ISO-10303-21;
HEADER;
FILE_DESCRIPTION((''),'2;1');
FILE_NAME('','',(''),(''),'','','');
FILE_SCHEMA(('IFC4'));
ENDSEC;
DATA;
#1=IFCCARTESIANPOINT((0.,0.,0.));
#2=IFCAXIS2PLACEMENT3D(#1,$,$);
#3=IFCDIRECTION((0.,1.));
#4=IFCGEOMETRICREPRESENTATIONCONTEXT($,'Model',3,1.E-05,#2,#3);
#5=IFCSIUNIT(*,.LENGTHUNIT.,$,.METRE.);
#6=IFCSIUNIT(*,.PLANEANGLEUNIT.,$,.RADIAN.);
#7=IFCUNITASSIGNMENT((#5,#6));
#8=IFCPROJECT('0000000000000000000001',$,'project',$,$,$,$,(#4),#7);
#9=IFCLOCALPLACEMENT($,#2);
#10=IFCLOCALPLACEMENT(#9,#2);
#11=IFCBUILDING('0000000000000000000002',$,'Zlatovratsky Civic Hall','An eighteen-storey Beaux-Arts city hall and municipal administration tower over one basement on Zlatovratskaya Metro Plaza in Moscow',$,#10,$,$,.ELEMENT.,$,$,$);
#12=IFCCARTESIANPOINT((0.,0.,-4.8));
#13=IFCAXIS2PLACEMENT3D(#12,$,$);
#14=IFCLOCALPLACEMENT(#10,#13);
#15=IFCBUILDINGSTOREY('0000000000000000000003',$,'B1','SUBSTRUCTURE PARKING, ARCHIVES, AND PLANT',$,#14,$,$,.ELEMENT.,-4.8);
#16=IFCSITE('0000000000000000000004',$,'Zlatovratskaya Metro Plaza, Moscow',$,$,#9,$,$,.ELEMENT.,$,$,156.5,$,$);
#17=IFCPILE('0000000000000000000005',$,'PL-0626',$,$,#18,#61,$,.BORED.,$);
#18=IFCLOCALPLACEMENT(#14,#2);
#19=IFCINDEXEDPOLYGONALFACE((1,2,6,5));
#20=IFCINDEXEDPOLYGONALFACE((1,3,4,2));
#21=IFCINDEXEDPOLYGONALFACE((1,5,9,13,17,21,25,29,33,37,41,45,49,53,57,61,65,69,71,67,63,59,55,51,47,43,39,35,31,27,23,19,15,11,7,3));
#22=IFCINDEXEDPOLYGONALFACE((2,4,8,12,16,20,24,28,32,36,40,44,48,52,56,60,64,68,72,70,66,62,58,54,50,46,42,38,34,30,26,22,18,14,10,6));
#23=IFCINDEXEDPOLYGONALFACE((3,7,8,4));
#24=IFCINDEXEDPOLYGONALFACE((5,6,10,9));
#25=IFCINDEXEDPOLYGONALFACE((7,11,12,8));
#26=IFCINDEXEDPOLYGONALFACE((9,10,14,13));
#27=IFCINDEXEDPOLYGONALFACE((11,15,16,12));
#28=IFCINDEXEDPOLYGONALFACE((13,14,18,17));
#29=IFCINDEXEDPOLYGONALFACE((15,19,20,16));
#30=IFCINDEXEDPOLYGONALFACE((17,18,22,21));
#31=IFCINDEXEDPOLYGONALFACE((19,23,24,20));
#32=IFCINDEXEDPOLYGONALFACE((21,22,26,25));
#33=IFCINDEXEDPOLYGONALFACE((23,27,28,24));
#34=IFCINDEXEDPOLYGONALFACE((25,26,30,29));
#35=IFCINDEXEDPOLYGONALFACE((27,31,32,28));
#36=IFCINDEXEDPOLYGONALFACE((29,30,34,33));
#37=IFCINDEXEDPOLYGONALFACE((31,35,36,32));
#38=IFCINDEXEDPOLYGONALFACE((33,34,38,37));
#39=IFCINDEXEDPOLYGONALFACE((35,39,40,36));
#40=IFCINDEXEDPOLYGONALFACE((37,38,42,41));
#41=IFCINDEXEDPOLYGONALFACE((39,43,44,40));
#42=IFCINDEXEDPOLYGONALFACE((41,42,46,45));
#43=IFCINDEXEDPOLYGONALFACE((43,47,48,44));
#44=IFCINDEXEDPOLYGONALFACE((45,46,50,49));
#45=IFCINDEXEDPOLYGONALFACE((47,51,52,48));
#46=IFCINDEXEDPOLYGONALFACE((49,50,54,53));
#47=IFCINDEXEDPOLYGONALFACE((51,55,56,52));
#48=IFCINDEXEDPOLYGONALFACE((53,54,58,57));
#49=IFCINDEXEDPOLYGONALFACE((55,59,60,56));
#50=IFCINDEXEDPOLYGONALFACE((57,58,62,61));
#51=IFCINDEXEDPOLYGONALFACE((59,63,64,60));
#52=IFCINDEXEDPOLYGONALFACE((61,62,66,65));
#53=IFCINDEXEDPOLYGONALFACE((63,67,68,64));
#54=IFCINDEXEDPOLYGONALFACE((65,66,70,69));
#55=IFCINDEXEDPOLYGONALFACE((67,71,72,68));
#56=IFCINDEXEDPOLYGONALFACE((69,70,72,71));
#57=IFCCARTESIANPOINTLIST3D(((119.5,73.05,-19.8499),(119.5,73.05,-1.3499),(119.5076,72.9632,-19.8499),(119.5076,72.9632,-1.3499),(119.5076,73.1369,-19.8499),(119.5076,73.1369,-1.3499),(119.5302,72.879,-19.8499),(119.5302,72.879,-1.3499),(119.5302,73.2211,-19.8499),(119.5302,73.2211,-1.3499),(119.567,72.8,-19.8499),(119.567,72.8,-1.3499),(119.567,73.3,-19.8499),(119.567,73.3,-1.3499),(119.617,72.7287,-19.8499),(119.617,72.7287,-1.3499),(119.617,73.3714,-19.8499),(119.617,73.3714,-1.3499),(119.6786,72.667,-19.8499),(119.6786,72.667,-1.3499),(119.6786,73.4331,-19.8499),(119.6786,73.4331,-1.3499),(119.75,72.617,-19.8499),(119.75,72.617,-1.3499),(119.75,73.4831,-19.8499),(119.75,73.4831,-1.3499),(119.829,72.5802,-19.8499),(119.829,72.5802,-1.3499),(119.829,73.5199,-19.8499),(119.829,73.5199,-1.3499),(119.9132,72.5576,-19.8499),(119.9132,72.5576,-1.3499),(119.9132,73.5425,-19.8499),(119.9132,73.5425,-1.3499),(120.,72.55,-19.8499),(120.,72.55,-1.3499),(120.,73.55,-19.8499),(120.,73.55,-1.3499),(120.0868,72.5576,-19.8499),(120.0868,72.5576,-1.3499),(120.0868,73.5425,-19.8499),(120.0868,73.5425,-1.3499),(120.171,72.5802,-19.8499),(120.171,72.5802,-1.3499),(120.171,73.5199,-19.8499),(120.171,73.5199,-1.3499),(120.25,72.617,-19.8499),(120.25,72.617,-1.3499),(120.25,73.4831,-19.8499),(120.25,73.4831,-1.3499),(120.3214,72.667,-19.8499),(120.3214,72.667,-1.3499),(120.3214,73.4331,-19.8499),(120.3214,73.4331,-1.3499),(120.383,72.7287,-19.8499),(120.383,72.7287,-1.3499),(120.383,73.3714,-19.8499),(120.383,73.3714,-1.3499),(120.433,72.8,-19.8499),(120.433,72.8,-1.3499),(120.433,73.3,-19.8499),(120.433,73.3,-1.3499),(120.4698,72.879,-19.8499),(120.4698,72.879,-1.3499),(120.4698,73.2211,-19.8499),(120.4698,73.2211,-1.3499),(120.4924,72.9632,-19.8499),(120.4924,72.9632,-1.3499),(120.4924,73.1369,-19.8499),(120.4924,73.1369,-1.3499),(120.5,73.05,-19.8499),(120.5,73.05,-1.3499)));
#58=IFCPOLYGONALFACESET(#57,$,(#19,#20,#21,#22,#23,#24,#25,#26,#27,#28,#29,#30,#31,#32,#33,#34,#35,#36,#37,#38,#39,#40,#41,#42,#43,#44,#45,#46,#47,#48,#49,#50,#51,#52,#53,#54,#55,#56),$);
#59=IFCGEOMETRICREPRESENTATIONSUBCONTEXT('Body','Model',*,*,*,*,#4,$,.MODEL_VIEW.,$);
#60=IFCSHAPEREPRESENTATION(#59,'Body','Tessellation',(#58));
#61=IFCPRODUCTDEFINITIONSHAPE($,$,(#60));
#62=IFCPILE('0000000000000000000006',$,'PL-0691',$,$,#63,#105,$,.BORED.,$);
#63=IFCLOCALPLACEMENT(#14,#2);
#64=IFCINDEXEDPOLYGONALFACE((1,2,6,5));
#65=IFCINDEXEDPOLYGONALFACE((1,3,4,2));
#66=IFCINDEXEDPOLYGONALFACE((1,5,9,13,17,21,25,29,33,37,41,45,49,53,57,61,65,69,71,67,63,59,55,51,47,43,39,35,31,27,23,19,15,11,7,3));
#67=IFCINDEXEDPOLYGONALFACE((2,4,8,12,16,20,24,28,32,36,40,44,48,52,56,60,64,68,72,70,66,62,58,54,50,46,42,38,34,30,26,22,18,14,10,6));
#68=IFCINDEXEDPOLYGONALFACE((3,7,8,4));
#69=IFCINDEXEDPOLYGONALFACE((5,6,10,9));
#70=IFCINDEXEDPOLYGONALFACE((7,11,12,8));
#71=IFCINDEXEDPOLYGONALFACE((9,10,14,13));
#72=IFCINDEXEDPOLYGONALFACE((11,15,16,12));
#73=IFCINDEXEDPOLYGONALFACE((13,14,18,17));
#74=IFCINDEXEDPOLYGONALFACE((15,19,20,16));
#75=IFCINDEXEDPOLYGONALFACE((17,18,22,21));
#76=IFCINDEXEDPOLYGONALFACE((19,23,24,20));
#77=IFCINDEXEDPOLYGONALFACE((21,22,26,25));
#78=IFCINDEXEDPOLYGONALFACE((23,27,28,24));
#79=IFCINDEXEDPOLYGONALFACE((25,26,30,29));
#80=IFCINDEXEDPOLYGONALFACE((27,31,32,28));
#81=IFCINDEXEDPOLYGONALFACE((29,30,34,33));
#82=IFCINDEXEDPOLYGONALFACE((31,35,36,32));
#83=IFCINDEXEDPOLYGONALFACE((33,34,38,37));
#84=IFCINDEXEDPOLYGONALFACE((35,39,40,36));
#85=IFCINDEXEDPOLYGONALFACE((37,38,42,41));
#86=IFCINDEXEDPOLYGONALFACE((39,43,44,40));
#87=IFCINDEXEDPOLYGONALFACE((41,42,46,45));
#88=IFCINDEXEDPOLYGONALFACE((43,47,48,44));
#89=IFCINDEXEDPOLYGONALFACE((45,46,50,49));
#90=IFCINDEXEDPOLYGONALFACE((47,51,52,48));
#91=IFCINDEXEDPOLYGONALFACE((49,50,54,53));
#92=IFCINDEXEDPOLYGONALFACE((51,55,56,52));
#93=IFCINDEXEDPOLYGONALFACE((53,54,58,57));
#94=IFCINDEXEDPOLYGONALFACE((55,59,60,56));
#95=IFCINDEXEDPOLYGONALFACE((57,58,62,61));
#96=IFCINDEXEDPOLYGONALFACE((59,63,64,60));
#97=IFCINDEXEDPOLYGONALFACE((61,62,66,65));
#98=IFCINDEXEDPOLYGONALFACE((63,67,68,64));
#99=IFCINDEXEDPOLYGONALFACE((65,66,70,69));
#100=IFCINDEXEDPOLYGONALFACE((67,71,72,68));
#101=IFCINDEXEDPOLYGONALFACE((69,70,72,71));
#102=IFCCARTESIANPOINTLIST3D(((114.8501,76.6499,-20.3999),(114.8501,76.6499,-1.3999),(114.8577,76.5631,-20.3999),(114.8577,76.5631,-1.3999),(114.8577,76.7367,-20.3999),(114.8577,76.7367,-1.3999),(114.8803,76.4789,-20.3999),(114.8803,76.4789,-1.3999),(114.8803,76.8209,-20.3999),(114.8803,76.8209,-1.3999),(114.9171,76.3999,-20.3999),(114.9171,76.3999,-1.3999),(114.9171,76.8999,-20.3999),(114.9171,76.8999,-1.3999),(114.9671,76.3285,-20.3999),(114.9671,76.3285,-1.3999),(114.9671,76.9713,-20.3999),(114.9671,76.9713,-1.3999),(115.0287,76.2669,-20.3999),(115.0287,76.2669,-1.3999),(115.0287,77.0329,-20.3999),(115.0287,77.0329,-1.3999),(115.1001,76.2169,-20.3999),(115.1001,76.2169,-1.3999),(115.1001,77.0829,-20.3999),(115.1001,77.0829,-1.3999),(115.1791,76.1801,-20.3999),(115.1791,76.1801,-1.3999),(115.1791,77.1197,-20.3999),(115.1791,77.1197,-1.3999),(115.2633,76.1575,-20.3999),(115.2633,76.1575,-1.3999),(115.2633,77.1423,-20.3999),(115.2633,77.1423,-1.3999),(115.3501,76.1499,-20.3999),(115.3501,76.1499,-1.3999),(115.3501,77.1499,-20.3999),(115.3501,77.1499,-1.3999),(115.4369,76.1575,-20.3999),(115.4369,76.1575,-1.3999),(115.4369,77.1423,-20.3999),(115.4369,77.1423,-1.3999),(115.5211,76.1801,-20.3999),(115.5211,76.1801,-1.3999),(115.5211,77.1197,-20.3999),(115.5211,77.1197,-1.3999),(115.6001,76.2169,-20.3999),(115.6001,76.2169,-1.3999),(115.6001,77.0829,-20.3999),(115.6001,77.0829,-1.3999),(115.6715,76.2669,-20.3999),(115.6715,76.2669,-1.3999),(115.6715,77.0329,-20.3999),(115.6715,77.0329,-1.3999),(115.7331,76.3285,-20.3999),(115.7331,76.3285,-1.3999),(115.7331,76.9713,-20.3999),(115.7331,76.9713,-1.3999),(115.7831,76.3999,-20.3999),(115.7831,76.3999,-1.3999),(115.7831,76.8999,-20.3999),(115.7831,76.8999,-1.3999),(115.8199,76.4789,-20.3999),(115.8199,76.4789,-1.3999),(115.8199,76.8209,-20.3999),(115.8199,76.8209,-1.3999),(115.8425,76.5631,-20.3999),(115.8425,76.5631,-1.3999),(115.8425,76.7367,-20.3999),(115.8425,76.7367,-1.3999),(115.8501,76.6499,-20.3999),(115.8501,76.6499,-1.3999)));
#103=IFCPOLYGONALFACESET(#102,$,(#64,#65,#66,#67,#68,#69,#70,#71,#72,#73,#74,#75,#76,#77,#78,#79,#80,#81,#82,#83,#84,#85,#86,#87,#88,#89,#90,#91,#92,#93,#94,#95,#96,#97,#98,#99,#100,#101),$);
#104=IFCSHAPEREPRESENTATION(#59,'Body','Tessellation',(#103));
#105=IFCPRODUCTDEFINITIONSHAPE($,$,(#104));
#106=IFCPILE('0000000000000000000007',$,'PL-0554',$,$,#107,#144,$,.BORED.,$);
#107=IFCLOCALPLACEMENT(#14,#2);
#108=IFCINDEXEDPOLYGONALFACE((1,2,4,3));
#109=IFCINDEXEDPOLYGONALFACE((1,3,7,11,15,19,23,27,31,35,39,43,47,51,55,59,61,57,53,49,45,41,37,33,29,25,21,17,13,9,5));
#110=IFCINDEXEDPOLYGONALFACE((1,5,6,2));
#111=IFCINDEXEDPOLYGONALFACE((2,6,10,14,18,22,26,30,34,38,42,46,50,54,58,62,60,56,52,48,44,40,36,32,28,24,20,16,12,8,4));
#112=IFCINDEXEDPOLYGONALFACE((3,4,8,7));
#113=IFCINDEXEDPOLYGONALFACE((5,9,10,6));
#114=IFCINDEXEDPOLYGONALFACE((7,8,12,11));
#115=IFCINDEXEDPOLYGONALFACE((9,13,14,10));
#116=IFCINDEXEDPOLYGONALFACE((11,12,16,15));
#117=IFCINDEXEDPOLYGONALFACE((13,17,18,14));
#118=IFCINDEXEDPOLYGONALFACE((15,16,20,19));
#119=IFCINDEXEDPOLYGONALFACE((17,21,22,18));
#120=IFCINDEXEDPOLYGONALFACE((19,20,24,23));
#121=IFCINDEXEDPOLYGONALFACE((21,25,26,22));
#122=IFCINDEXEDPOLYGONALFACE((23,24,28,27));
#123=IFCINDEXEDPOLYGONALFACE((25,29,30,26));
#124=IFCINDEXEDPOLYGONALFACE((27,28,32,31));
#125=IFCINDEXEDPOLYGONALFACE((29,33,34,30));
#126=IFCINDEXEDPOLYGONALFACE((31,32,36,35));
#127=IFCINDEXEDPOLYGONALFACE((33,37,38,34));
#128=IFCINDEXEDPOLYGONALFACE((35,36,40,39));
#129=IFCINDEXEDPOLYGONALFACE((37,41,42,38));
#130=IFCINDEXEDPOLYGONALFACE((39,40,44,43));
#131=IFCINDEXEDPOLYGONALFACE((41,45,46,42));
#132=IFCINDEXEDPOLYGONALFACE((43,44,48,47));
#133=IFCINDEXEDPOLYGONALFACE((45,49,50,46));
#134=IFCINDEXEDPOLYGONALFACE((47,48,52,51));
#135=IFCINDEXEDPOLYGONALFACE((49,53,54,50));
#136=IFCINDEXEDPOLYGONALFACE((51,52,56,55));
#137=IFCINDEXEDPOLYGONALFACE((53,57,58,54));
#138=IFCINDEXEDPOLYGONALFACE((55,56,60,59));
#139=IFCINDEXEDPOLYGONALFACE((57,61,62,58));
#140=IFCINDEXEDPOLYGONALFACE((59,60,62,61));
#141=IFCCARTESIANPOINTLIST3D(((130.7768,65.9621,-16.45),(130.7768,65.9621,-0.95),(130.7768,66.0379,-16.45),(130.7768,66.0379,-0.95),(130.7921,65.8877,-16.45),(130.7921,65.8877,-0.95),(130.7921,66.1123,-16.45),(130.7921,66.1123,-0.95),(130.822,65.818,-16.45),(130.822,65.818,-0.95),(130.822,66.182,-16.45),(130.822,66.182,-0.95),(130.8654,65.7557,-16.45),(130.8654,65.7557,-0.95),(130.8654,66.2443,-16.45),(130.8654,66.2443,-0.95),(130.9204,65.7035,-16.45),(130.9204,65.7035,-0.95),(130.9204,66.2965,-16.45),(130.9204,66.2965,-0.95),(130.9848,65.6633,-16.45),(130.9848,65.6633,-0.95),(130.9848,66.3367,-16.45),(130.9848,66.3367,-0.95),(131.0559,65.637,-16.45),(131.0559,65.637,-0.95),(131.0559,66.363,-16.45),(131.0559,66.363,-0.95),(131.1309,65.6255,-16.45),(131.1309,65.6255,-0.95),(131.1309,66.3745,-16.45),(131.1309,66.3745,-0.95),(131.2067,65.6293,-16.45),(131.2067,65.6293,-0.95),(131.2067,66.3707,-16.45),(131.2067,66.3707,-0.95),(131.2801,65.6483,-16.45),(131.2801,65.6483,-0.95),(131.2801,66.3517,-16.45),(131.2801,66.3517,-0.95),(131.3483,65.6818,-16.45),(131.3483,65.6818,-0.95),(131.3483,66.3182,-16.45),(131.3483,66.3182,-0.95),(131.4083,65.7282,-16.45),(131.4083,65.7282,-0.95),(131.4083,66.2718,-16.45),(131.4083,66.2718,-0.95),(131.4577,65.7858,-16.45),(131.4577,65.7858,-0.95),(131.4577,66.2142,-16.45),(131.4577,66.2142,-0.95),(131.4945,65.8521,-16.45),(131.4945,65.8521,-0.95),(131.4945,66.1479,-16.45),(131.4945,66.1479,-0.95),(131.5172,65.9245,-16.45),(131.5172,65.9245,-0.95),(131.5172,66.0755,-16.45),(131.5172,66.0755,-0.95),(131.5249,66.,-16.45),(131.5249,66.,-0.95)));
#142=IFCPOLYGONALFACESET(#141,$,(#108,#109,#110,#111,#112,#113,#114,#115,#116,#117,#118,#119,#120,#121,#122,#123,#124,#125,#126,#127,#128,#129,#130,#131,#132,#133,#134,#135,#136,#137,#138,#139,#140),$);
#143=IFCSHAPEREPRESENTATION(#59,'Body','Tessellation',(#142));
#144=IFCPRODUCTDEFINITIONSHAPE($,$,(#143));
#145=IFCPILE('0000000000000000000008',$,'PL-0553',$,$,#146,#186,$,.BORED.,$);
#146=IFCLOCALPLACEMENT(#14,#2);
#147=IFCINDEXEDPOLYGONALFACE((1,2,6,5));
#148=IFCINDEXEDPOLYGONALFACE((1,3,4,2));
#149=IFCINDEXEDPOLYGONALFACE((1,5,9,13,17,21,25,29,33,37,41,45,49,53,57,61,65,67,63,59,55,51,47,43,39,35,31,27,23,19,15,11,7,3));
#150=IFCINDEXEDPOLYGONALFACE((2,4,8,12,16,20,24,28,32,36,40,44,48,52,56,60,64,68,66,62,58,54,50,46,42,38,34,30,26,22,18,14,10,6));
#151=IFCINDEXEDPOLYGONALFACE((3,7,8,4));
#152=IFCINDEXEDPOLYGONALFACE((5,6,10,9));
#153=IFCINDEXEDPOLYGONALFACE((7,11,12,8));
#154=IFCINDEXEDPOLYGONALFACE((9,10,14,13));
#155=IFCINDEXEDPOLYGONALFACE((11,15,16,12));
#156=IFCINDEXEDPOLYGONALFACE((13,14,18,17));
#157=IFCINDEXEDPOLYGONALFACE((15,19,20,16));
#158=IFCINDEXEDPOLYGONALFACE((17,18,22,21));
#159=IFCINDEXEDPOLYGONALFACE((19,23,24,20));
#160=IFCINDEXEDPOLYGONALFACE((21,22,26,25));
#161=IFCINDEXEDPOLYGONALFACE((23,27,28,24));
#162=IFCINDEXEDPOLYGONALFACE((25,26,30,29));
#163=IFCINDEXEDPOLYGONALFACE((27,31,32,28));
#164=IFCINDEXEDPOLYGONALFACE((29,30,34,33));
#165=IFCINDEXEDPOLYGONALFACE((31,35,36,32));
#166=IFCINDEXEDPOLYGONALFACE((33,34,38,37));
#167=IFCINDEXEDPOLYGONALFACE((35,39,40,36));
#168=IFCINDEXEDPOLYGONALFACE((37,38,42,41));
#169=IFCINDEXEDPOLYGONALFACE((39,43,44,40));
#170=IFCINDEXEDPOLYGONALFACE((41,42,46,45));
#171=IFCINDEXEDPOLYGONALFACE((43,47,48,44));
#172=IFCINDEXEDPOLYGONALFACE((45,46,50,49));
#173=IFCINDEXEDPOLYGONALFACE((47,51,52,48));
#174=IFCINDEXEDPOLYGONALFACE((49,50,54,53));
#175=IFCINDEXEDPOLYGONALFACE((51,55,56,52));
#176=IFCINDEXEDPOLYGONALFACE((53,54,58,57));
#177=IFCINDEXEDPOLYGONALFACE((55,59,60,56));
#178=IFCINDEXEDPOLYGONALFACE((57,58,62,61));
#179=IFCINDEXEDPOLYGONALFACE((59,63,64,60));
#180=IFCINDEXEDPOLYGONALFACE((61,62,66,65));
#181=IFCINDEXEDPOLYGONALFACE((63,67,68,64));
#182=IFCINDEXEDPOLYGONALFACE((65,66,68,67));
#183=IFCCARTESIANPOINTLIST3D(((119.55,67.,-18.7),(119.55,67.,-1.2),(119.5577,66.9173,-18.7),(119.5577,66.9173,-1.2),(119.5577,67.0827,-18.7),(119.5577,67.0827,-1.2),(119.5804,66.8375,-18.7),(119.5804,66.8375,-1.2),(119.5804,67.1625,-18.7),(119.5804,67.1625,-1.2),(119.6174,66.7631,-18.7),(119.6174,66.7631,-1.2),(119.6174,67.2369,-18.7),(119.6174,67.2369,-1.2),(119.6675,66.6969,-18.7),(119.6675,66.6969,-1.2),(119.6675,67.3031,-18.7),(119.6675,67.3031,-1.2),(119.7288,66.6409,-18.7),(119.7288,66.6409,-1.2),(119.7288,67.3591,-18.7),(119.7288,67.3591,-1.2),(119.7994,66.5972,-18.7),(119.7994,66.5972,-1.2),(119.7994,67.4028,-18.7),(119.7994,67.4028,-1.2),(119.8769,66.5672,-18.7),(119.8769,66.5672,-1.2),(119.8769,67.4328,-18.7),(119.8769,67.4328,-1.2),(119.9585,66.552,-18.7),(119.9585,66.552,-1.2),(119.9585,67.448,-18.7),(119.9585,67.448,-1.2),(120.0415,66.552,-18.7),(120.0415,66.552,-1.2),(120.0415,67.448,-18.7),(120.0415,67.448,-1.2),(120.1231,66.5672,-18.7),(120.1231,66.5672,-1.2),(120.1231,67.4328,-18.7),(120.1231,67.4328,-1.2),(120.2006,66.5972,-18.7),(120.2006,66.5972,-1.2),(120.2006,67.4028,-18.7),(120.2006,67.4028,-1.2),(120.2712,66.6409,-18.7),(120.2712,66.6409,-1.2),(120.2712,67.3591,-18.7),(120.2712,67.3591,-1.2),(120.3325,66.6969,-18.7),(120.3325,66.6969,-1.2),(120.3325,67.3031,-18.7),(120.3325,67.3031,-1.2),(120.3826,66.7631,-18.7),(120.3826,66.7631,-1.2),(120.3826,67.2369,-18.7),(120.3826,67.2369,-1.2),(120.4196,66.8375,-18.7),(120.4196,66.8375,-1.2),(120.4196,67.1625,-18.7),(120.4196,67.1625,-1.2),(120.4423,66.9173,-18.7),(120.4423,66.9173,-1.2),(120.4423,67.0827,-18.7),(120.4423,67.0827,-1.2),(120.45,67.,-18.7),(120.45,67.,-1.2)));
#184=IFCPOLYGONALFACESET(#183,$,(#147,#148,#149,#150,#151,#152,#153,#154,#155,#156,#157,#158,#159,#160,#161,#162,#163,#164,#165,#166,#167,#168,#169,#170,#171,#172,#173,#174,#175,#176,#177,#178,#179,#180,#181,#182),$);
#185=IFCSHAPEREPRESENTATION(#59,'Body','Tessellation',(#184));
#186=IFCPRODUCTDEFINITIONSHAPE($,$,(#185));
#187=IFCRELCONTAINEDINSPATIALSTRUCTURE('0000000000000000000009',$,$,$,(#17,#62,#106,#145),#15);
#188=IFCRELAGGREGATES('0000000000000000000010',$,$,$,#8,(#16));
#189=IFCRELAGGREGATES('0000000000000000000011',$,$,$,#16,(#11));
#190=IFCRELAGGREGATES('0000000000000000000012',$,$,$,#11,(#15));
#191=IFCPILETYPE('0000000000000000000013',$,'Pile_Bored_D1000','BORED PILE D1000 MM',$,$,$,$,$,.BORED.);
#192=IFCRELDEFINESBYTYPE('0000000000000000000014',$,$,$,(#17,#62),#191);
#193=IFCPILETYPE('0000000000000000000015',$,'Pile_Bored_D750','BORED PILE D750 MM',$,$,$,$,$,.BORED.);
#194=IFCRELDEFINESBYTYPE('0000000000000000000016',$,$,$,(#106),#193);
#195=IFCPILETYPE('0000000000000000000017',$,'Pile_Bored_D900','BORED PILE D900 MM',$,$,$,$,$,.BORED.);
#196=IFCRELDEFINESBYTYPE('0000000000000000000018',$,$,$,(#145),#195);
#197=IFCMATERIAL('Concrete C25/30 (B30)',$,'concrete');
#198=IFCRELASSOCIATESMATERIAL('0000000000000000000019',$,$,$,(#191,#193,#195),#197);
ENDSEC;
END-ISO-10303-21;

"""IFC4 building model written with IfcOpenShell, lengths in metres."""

from ifc_helpers import new_model, si_unit, direction, frame, origin, origin_2d, place, context, subcontext, project, spatial, circle, extrude, material, material_profile, profile_set, type_object, element, save


model = new_model("IFC4")

# Units and contexts
model_context = context("Model", 3, precision=1e-05, world=origin(), true_north=direction((0.0, 1.0)))
body_context = subcontext(model_context, "Body", "Model", "MODEL_VIEW")
ifc_project = project(units=[si_unit("LENGTHUNIT", "METRE"), si_unit("PLANEANGLEUNIT", "RADIAN")], contexts=[model_context])

# Site, building, storey
site_placement = place(None, origin())
site = spatial("IfcSite", under=ifc_project, at=site_placement, Name="Zlatovratskaya Metro Plaza, Moscow", CompositionType="ELEMENT", RefElevation=156.5)
building_placement = place(site_placement, origin())
building = spatial("IfcBuilding", under=site, at=building_placement, Name="Zlatovratsky Civic Hall", Description="An eighteen-storey Beaux-Arts city hall and municipal administration tower over one basement on Zlatovratskaya Metro Plaza in Moscow", CompositionType="ELEMENT")
storey_placement = place(building_placement, frame((0.0, 0.0, -4.8)))
storey = spatial("IfcBuildingStorey", under=building, at=storey_placement, Name="B1", Description="SUBSTRUCTURE PARKING, ARCHIVES, AND PLANT", CompositionType="ELEMENT", Elevation=-4.8)

# Shared definitions
ifc_material_1 = material(Name="Concrete C25/30 (B30)", Category="concrete")

# Piles
ifc_material_profile_1 = material_profile(ifc_material_1, circle(Radius=0.5, at=origin_2d()), Name="PILE D1000")
ifc_profile_set_1 = profile_set([ifc_material_profile_1], Name="Concrete C25/30 (B30)")
pile_type_1 = type_object("IfcPileType", Name="Pile_Bored_D1000", Description="BORED PILE D1000 MM", PredefinedType="BORED", material=ifc_profile_set_1)
for number, where, z_axis, x_axis, name in (
    (1, (120.0, 73.05, -1.3499), (0.0, 0.0, -1.0), (1.0, 0.0, 0.0), "PL-0626"),
):
    element("IfcPile", number, at=place(storey_placement, frame(where, z_axis=z_axis, x_axis=x_axis)), inside=storey, type_object=pile_type_1, Name=name, PredefinedType="BORED", context=body_context, shape_type="SweptSolid", body=[
        extrude(circle(Radius=0.5, at=origin_2d()), origin(), (0.0, 0.0, 1.0), 18.5),
    ])
pile_1_placement = place(storey_placement, frame((115.3501, 76.6499, -1.3999), z_axis=(0.0, 0.0, -1.0), x_axis=(1.0, 0.0, 0.0)))
element("IfcPile", 2, at=pile_1_placement, inside=storey, type_object=pile_type_1, Name="PL-0691", PredefinedType="BORED", context=body_context, shape_type="SweptSolid", body=[
    extrude(circle(Radius=0.5, at=origin_2d()), origin(), (0.0, 0.0, 1.0), 19.0),
])
ifc_material_profile_2 = material_profile(ifc_material_1, circle(Radius=0.375, at=origin_2d()), Name="PILE D750")
ifc_profile_set_2 = profile_set([ifc_material_profile_2], Name="Concrete C25/30 (B30)")
pile_type_2 = type_object("IfcPileType", Name="Pile_Bored_D750", Description="BORED PILE D750 MM", PredefinedType="BORED", material=ifc_profile_set_2)
pile_2_placement = place(storey_placement, frame((131.1499, 66.0, -0.95), z_axis=(0.0, 0.0, -1.0), x_axis=(1.0, 0.0, 0.0)))
element("IfcPile", 3, at=pile_2_placement, inside=storey, type_object=pile_type_2, Name="PL-0554", PredefinedType="BORED", context=body_context, shape_type="SweptSolid", body=[
    extrude(circle(Radius=0.375, at=origin_2d()), origin(), (0.0, 0.0, 1.0), 15.5),
])
ifc_material_profile_3 = material_profile(ifc_material_1, circle(Radius=0.45, at=origin_2d()), Name="PILE D900")
ifc_profile_set_3 = profile_set([ifc_material_profile_3], Name="Concrete C25/30 (B30)")
pile_type_3 = type_object("IfcPileType", Name="Pile_Bored_D900", Description="BORED PILE D900 MM", PredefinedType="BORED", material=ifc_profile_set_3)
pile_3_placement = place(storey_placement, frame((120.0, 67.0, -1.2), z_axis=(0.0, 0.0, -1.0), x_axis=(1.0, 0.0, 0.0)))
element("IfcPile", 4, at=pile_3_placement, inside=storey, type_object=pile_type_3, Name="PL-0553", PredefinedType="BORED", context=body_context, shape_type="SweptSolid", body=[
    extrude(circle(Radius=0.45, at=origin_2d()), origin(), (0.0, 0.0, 1.0), 17.5),
])

save(model, "model.ifc")
